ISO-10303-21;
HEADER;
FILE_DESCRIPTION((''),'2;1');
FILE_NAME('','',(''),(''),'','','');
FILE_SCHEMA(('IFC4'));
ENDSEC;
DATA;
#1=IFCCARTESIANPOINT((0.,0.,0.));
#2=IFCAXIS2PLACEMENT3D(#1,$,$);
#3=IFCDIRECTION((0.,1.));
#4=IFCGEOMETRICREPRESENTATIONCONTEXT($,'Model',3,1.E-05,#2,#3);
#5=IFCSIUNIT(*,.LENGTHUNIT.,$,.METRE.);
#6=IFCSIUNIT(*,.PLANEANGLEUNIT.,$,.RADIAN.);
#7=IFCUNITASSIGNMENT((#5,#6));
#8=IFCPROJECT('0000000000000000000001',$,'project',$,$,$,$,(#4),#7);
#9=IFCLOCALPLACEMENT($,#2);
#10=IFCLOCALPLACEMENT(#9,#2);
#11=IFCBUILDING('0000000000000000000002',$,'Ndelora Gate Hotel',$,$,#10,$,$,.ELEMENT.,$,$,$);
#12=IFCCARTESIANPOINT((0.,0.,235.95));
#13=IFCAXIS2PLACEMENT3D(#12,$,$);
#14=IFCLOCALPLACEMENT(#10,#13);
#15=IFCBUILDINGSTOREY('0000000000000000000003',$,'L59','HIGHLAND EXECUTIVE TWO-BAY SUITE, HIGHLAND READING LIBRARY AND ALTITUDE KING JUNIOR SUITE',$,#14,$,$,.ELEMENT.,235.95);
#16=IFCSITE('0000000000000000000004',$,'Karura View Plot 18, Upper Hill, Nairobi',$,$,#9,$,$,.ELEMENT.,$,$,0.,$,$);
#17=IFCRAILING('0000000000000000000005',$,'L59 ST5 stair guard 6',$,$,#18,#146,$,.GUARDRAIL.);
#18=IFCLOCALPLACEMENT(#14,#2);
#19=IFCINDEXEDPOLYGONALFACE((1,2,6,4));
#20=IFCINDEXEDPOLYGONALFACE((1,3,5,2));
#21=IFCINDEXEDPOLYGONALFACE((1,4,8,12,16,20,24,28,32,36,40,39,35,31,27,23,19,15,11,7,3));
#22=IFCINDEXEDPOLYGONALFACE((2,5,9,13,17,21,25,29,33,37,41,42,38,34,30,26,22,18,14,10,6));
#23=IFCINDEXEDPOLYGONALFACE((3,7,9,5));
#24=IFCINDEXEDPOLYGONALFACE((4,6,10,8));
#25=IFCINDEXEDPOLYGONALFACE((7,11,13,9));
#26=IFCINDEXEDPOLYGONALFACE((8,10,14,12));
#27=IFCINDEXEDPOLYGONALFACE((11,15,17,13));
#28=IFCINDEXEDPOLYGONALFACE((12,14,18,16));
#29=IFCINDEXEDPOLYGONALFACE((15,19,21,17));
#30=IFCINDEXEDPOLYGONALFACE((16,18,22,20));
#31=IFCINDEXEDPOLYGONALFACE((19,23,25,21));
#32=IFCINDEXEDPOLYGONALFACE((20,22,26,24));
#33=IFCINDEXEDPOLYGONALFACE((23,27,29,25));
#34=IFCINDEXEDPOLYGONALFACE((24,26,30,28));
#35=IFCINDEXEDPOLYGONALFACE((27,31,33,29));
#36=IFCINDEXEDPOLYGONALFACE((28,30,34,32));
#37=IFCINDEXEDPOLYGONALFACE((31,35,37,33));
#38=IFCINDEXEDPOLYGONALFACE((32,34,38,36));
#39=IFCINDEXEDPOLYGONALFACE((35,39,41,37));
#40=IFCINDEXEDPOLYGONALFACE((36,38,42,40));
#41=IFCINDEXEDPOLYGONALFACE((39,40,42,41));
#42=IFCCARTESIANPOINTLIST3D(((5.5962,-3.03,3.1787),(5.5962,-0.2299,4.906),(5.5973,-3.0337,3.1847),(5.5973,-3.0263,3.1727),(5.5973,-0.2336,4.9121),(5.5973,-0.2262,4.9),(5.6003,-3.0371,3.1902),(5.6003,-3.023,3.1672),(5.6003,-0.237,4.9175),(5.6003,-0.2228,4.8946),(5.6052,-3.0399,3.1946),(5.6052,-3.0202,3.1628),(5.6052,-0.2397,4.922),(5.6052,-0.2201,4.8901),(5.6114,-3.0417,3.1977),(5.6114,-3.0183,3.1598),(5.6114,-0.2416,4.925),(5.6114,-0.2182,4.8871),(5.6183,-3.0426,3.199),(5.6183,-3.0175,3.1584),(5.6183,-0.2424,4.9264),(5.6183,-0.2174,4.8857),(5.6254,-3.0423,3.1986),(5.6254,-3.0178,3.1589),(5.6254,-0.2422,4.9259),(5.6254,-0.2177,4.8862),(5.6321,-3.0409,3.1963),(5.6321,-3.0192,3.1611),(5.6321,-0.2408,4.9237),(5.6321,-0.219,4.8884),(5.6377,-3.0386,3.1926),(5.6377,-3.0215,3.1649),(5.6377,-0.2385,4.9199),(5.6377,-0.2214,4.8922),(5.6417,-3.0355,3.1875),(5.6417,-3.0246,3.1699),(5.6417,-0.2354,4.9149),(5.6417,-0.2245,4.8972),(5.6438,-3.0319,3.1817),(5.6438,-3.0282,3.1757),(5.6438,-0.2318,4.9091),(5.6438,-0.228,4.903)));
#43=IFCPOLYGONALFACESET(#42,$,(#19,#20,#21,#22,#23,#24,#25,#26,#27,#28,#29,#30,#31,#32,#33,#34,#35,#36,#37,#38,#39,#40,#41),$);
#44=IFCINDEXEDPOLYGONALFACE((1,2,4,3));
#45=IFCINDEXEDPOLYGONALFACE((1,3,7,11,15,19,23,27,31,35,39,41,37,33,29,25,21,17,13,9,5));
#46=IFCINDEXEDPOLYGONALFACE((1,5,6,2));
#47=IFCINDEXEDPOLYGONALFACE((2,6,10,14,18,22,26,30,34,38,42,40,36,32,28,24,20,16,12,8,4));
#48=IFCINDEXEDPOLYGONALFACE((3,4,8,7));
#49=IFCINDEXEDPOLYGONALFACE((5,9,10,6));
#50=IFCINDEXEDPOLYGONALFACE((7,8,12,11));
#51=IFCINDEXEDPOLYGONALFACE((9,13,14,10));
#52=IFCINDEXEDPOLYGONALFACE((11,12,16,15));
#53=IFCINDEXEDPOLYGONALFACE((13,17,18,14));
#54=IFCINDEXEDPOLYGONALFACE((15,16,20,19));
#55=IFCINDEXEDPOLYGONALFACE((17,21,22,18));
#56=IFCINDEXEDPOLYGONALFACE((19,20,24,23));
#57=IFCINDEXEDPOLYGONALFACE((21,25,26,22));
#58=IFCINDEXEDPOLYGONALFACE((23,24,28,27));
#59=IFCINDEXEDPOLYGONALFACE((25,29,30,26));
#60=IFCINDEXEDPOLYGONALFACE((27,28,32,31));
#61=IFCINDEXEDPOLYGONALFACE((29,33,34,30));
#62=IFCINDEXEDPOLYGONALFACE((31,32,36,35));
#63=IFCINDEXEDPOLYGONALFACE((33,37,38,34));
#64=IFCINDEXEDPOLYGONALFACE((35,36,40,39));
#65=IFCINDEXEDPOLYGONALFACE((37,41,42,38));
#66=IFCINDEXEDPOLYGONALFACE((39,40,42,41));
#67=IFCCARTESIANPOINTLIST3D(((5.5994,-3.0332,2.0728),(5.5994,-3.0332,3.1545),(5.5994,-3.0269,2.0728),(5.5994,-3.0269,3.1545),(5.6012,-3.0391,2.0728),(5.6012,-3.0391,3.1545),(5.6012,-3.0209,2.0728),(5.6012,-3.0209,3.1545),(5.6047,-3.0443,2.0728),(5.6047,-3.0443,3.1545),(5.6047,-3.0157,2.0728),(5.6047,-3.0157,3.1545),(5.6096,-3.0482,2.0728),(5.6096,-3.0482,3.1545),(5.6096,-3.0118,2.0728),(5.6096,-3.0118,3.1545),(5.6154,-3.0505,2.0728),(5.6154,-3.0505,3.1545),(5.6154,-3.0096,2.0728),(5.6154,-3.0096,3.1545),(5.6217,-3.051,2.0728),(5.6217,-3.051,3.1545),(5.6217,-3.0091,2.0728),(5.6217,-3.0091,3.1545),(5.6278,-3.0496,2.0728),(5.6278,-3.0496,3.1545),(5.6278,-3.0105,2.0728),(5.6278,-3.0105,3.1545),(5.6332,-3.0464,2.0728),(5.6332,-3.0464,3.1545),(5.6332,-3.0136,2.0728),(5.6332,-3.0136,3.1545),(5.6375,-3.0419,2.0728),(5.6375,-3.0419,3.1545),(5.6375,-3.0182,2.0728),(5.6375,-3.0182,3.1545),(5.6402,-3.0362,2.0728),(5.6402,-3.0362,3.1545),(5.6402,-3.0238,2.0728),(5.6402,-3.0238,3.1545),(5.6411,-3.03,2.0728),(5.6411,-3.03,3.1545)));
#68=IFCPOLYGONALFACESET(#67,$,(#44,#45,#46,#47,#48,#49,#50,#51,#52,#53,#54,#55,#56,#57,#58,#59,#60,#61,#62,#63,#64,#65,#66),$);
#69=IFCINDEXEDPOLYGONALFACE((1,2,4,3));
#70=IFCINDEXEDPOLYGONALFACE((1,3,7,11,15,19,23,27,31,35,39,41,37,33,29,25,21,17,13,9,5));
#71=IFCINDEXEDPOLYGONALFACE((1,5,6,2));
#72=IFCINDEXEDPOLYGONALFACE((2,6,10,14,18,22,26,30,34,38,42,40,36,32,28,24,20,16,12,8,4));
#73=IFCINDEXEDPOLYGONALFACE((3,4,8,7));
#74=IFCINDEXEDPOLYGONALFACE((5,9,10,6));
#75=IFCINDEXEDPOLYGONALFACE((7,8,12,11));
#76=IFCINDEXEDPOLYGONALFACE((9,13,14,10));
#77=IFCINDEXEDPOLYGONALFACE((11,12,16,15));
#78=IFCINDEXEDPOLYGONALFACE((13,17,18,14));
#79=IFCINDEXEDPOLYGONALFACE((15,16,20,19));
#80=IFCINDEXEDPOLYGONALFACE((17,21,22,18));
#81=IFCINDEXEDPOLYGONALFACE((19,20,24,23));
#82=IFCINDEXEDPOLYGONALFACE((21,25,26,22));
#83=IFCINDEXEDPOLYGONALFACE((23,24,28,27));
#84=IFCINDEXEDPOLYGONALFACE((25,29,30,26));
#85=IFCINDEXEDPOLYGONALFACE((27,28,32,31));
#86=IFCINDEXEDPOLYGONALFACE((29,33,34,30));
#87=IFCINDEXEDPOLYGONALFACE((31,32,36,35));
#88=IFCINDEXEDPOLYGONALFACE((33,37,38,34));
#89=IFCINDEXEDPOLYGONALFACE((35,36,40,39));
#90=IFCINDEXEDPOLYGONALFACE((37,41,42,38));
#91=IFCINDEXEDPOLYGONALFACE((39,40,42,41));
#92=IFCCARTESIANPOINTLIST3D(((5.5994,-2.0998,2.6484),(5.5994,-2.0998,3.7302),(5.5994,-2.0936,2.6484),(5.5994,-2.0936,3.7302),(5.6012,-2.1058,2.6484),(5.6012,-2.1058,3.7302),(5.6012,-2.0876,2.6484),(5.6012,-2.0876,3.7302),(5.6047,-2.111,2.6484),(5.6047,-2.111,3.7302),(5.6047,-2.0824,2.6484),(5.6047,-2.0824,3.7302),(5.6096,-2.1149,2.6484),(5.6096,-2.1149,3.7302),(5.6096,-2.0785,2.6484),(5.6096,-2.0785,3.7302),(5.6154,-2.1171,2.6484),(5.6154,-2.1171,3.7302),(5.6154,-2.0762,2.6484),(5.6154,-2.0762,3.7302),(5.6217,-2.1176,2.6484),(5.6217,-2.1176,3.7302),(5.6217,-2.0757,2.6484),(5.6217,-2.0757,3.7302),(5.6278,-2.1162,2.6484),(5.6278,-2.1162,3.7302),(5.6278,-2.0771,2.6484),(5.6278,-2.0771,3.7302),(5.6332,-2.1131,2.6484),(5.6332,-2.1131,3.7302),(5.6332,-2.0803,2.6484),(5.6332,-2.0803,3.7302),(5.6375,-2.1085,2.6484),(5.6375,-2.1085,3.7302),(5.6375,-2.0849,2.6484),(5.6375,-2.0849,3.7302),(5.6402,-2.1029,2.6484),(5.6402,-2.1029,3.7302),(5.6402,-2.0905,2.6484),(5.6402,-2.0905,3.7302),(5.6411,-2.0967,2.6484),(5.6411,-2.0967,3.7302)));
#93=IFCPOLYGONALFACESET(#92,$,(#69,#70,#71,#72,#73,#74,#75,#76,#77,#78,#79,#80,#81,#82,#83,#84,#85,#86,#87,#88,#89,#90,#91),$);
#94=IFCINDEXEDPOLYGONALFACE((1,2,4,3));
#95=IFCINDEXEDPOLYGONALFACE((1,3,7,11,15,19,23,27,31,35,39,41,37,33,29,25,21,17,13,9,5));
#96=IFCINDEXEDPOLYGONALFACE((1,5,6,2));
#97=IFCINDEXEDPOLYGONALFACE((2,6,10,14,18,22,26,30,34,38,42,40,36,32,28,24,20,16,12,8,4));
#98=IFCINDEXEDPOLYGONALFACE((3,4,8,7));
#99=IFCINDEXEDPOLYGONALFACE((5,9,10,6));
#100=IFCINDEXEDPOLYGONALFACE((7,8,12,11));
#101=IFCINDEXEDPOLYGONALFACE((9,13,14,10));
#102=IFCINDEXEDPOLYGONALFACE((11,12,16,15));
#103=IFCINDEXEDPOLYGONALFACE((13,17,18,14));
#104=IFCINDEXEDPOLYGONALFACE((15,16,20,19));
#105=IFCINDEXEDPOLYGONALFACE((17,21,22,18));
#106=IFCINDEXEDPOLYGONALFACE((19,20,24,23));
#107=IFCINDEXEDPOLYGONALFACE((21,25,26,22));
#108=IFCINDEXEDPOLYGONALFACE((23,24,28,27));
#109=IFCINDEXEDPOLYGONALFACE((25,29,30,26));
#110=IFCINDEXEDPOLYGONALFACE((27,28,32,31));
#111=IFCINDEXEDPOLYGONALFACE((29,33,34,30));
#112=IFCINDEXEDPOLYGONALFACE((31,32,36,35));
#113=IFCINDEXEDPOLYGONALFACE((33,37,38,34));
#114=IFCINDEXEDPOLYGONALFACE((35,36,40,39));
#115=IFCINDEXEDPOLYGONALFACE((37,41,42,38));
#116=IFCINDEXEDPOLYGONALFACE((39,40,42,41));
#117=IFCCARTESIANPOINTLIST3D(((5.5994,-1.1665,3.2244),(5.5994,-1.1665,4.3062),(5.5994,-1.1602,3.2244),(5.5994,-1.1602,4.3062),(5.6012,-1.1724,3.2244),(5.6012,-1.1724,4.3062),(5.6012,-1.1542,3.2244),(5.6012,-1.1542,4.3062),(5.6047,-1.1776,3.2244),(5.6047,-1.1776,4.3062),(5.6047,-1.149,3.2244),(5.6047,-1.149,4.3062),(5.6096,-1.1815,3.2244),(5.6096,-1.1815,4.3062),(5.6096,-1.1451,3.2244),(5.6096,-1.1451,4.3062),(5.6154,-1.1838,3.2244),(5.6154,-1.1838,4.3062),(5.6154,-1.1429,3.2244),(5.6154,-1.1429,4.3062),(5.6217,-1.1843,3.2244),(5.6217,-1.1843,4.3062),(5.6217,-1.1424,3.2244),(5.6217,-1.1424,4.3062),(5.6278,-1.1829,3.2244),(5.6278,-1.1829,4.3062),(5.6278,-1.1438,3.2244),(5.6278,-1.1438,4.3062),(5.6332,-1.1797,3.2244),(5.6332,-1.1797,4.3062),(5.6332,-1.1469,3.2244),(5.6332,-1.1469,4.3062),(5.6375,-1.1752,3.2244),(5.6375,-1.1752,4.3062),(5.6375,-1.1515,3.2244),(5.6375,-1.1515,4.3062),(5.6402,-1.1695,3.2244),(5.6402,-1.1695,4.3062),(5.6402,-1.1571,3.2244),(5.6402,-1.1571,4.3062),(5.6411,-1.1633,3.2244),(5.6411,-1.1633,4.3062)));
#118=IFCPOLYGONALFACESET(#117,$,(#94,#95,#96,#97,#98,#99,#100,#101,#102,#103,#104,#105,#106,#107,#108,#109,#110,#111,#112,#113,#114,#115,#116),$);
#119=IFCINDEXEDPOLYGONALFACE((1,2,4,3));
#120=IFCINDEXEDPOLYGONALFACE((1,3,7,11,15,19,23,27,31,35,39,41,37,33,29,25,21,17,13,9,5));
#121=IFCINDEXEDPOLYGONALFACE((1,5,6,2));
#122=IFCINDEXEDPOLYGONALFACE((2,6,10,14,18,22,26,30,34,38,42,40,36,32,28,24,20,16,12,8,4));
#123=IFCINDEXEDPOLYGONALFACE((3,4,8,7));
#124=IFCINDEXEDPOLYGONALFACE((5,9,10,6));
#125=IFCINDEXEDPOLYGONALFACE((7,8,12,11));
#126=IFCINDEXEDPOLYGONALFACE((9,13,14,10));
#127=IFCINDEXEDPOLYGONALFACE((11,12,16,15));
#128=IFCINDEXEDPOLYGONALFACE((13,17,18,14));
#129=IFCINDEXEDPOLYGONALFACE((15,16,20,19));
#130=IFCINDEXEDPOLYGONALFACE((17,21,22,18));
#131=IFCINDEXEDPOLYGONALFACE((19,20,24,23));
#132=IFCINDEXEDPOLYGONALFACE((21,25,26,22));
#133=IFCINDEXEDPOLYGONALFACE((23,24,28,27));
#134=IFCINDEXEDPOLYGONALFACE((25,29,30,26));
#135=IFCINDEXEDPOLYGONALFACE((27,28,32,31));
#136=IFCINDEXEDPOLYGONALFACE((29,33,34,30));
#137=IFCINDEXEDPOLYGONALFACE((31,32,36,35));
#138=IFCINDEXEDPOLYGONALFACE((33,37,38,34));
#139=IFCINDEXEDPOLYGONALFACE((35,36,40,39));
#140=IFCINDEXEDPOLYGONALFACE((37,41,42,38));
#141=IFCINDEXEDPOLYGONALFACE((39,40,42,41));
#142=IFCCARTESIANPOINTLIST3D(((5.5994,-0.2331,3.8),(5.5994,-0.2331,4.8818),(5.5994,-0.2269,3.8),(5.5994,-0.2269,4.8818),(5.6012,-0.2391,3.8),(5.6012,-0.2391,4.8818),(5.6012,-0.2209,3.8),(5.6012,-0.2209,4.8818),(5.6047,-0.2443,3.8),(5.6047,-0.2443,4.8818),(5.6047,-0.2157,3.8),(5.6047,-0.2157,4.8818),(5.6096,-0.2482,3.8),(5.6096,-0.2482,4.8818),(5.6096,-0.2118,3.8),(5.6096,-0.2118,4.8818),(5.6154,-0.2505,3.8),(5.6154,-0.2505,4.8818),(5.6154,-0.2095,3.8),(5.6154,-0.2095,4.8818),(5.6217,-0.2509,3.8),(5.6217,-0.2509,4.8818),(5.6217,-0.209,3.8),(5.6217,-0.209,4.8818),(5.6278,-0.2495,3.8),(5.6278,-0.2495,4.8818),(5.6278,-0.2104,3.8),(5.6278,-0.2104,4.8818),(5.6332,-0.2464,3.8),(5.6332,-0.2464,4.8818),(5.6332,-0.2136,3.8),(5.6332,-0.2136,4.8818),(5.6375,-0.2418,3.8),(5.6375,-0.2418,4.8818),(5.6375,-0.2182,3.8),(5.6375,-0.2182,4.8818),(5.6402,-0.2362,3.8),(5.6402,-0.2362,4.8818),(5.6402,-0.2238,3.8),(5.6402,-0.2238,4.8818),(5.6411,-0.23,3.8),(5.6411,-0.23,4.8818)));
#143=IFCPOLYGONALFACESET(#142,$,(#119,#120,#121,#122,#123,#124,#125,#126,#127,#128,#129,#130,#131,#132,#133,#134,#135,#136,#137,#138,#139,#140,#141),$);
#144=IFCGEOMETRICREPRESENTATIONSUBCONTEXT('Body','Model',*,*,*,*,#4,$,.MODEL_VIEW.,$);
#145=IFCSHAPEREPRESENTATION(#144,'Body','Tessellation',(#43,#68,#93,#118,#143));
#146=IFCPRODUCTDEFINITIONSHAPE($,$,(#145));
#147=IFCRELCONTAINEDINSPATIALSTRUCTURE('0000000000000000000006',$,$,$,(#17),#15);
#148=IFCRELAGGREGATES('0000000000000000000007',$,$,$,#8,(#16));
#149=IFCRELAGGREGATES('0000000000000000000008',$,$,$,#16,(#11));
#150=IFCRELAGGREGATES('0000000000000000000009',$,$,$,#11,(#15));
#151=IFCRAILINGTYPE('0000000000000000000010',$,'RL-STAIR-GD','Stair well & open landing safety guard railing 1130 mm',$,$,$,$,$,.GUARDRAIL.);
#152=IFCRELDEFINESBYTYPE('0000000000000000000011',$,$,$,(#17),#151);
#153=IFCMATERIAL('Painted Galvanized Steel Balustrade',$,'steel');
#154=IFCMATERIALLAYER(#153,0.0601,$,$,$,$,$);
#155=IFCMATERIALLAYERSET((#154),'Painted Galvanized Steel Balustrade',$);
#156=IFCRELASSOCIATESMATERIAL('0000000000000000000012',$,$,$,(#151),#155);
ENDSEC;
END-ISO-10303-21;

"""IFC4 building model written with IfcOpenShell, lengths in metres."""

from ifc_helpers import new_model, si_unit, direction, frame, origin, origin_2d, place, context, subcontext, project, spatial, circle, extrude, material, layer, layer_set, type_object, element, save


model = new_model("IFC4")

# Units and contexts
model_context = context("Model", 3, precision=1e-05, world=origin(), true_north=direction((0.0, 1.0)))
body_context = subcontext(model_context, "Body", "Model", "MODEL_VIEW")
ifc_project = project(units=[si_unit("LENGTHUNIT", "METRE"), si_unit("PLANEANGLEUNIT", "RADIAN")], contexts=[model_context])

# Site, building, storey
site_placement = place(None, origin())
site = spatial("IfcSite", under=ifc_project, at=site_placement, Name="Karura View Plot 18, Upper Hill, Nairobi", CompositionType="ELEMENT", RefElevation=0.0)
building_placement = place(site_placement, origin())
building = spatial("IfcBuilding", under=site, at=building_placement, Name="Ndelora Gate Hotel", CompositionType="ELEMENT")
storey_placement = place(building_placement, frame((0.0, 0.0, 235.95)))
storey = spatial("IfcBuildingStorey", under=building, at=storey_placement, Name="L59", Description="HIGHLAND EXECUTIVE TWO-BAY SUITE, HIGHLAND READING LIBRARY AND ALTITUDE KING JUNIOR SUITE", CompositionType="ELEMENT", Elevation=235.95)

# Railing
ifc_material_1 = material(Name="Painted Galvanized Steel Balustrade", Category="steel")
ifc_layer_1 = layer(ifc_material_1, 0.0601)
ifc_layer_set_1 = layer_set([ifc_layer_1], Name="Painted Galvanized Steel Balustrade")
railing_type_1 = type_object("IfcRailingType", Name="RL-STAIR-GD", Description="Stair well & open landing safety guard railing 1130 mm", PredefinedType="GUARDRAIL", material=ifc_layer_set_1)
railing_1_placement = place(storey_placement, frame((5.6201, -3.03, 2.0728)))
element("IfcRailing", 1, at=railing_1_placement, inside=storey, type_object=railing_type_1, Name="L59 ST5 stair guard 6", PredefinedType="GUARDRAIL", context=body_context, shape_type="SweptSolid", body=[
    extrude(circle(Radius=0.0239, at=origin_2d()), frame((0.0, 0.0, 1.106), z_axis=(0.0, 0.85109, 0.52502), x_axis=(-1.0, 0.0, 0.0)), (0.0, 0.0, 1.0), 3.29),
    extrude(circle(Radius=0.021, at=origin_2d()), origin(), (0.0, 0.0, 1.0), 1.0818),
    extrude(circle(Radius=0.021, at=origin_2d()), frame((0.0, 0.9333, 0.5757)), (0.0, 0.0, 1.0), 1.0818),
    extrude(circle(Radius=0.021, at=origin_2d()), frame((0.0, 1.8667, 1.1516)), (0.0, 0.0, 1.0), 1.0818),
    extrude(circle(Radius=0.021, at=origin_2d()), frame((0.0, 2.8, 1.7273)), (0.0, 0.0, 1.0), 1.0818),
])

save(model, "model.ifc")
